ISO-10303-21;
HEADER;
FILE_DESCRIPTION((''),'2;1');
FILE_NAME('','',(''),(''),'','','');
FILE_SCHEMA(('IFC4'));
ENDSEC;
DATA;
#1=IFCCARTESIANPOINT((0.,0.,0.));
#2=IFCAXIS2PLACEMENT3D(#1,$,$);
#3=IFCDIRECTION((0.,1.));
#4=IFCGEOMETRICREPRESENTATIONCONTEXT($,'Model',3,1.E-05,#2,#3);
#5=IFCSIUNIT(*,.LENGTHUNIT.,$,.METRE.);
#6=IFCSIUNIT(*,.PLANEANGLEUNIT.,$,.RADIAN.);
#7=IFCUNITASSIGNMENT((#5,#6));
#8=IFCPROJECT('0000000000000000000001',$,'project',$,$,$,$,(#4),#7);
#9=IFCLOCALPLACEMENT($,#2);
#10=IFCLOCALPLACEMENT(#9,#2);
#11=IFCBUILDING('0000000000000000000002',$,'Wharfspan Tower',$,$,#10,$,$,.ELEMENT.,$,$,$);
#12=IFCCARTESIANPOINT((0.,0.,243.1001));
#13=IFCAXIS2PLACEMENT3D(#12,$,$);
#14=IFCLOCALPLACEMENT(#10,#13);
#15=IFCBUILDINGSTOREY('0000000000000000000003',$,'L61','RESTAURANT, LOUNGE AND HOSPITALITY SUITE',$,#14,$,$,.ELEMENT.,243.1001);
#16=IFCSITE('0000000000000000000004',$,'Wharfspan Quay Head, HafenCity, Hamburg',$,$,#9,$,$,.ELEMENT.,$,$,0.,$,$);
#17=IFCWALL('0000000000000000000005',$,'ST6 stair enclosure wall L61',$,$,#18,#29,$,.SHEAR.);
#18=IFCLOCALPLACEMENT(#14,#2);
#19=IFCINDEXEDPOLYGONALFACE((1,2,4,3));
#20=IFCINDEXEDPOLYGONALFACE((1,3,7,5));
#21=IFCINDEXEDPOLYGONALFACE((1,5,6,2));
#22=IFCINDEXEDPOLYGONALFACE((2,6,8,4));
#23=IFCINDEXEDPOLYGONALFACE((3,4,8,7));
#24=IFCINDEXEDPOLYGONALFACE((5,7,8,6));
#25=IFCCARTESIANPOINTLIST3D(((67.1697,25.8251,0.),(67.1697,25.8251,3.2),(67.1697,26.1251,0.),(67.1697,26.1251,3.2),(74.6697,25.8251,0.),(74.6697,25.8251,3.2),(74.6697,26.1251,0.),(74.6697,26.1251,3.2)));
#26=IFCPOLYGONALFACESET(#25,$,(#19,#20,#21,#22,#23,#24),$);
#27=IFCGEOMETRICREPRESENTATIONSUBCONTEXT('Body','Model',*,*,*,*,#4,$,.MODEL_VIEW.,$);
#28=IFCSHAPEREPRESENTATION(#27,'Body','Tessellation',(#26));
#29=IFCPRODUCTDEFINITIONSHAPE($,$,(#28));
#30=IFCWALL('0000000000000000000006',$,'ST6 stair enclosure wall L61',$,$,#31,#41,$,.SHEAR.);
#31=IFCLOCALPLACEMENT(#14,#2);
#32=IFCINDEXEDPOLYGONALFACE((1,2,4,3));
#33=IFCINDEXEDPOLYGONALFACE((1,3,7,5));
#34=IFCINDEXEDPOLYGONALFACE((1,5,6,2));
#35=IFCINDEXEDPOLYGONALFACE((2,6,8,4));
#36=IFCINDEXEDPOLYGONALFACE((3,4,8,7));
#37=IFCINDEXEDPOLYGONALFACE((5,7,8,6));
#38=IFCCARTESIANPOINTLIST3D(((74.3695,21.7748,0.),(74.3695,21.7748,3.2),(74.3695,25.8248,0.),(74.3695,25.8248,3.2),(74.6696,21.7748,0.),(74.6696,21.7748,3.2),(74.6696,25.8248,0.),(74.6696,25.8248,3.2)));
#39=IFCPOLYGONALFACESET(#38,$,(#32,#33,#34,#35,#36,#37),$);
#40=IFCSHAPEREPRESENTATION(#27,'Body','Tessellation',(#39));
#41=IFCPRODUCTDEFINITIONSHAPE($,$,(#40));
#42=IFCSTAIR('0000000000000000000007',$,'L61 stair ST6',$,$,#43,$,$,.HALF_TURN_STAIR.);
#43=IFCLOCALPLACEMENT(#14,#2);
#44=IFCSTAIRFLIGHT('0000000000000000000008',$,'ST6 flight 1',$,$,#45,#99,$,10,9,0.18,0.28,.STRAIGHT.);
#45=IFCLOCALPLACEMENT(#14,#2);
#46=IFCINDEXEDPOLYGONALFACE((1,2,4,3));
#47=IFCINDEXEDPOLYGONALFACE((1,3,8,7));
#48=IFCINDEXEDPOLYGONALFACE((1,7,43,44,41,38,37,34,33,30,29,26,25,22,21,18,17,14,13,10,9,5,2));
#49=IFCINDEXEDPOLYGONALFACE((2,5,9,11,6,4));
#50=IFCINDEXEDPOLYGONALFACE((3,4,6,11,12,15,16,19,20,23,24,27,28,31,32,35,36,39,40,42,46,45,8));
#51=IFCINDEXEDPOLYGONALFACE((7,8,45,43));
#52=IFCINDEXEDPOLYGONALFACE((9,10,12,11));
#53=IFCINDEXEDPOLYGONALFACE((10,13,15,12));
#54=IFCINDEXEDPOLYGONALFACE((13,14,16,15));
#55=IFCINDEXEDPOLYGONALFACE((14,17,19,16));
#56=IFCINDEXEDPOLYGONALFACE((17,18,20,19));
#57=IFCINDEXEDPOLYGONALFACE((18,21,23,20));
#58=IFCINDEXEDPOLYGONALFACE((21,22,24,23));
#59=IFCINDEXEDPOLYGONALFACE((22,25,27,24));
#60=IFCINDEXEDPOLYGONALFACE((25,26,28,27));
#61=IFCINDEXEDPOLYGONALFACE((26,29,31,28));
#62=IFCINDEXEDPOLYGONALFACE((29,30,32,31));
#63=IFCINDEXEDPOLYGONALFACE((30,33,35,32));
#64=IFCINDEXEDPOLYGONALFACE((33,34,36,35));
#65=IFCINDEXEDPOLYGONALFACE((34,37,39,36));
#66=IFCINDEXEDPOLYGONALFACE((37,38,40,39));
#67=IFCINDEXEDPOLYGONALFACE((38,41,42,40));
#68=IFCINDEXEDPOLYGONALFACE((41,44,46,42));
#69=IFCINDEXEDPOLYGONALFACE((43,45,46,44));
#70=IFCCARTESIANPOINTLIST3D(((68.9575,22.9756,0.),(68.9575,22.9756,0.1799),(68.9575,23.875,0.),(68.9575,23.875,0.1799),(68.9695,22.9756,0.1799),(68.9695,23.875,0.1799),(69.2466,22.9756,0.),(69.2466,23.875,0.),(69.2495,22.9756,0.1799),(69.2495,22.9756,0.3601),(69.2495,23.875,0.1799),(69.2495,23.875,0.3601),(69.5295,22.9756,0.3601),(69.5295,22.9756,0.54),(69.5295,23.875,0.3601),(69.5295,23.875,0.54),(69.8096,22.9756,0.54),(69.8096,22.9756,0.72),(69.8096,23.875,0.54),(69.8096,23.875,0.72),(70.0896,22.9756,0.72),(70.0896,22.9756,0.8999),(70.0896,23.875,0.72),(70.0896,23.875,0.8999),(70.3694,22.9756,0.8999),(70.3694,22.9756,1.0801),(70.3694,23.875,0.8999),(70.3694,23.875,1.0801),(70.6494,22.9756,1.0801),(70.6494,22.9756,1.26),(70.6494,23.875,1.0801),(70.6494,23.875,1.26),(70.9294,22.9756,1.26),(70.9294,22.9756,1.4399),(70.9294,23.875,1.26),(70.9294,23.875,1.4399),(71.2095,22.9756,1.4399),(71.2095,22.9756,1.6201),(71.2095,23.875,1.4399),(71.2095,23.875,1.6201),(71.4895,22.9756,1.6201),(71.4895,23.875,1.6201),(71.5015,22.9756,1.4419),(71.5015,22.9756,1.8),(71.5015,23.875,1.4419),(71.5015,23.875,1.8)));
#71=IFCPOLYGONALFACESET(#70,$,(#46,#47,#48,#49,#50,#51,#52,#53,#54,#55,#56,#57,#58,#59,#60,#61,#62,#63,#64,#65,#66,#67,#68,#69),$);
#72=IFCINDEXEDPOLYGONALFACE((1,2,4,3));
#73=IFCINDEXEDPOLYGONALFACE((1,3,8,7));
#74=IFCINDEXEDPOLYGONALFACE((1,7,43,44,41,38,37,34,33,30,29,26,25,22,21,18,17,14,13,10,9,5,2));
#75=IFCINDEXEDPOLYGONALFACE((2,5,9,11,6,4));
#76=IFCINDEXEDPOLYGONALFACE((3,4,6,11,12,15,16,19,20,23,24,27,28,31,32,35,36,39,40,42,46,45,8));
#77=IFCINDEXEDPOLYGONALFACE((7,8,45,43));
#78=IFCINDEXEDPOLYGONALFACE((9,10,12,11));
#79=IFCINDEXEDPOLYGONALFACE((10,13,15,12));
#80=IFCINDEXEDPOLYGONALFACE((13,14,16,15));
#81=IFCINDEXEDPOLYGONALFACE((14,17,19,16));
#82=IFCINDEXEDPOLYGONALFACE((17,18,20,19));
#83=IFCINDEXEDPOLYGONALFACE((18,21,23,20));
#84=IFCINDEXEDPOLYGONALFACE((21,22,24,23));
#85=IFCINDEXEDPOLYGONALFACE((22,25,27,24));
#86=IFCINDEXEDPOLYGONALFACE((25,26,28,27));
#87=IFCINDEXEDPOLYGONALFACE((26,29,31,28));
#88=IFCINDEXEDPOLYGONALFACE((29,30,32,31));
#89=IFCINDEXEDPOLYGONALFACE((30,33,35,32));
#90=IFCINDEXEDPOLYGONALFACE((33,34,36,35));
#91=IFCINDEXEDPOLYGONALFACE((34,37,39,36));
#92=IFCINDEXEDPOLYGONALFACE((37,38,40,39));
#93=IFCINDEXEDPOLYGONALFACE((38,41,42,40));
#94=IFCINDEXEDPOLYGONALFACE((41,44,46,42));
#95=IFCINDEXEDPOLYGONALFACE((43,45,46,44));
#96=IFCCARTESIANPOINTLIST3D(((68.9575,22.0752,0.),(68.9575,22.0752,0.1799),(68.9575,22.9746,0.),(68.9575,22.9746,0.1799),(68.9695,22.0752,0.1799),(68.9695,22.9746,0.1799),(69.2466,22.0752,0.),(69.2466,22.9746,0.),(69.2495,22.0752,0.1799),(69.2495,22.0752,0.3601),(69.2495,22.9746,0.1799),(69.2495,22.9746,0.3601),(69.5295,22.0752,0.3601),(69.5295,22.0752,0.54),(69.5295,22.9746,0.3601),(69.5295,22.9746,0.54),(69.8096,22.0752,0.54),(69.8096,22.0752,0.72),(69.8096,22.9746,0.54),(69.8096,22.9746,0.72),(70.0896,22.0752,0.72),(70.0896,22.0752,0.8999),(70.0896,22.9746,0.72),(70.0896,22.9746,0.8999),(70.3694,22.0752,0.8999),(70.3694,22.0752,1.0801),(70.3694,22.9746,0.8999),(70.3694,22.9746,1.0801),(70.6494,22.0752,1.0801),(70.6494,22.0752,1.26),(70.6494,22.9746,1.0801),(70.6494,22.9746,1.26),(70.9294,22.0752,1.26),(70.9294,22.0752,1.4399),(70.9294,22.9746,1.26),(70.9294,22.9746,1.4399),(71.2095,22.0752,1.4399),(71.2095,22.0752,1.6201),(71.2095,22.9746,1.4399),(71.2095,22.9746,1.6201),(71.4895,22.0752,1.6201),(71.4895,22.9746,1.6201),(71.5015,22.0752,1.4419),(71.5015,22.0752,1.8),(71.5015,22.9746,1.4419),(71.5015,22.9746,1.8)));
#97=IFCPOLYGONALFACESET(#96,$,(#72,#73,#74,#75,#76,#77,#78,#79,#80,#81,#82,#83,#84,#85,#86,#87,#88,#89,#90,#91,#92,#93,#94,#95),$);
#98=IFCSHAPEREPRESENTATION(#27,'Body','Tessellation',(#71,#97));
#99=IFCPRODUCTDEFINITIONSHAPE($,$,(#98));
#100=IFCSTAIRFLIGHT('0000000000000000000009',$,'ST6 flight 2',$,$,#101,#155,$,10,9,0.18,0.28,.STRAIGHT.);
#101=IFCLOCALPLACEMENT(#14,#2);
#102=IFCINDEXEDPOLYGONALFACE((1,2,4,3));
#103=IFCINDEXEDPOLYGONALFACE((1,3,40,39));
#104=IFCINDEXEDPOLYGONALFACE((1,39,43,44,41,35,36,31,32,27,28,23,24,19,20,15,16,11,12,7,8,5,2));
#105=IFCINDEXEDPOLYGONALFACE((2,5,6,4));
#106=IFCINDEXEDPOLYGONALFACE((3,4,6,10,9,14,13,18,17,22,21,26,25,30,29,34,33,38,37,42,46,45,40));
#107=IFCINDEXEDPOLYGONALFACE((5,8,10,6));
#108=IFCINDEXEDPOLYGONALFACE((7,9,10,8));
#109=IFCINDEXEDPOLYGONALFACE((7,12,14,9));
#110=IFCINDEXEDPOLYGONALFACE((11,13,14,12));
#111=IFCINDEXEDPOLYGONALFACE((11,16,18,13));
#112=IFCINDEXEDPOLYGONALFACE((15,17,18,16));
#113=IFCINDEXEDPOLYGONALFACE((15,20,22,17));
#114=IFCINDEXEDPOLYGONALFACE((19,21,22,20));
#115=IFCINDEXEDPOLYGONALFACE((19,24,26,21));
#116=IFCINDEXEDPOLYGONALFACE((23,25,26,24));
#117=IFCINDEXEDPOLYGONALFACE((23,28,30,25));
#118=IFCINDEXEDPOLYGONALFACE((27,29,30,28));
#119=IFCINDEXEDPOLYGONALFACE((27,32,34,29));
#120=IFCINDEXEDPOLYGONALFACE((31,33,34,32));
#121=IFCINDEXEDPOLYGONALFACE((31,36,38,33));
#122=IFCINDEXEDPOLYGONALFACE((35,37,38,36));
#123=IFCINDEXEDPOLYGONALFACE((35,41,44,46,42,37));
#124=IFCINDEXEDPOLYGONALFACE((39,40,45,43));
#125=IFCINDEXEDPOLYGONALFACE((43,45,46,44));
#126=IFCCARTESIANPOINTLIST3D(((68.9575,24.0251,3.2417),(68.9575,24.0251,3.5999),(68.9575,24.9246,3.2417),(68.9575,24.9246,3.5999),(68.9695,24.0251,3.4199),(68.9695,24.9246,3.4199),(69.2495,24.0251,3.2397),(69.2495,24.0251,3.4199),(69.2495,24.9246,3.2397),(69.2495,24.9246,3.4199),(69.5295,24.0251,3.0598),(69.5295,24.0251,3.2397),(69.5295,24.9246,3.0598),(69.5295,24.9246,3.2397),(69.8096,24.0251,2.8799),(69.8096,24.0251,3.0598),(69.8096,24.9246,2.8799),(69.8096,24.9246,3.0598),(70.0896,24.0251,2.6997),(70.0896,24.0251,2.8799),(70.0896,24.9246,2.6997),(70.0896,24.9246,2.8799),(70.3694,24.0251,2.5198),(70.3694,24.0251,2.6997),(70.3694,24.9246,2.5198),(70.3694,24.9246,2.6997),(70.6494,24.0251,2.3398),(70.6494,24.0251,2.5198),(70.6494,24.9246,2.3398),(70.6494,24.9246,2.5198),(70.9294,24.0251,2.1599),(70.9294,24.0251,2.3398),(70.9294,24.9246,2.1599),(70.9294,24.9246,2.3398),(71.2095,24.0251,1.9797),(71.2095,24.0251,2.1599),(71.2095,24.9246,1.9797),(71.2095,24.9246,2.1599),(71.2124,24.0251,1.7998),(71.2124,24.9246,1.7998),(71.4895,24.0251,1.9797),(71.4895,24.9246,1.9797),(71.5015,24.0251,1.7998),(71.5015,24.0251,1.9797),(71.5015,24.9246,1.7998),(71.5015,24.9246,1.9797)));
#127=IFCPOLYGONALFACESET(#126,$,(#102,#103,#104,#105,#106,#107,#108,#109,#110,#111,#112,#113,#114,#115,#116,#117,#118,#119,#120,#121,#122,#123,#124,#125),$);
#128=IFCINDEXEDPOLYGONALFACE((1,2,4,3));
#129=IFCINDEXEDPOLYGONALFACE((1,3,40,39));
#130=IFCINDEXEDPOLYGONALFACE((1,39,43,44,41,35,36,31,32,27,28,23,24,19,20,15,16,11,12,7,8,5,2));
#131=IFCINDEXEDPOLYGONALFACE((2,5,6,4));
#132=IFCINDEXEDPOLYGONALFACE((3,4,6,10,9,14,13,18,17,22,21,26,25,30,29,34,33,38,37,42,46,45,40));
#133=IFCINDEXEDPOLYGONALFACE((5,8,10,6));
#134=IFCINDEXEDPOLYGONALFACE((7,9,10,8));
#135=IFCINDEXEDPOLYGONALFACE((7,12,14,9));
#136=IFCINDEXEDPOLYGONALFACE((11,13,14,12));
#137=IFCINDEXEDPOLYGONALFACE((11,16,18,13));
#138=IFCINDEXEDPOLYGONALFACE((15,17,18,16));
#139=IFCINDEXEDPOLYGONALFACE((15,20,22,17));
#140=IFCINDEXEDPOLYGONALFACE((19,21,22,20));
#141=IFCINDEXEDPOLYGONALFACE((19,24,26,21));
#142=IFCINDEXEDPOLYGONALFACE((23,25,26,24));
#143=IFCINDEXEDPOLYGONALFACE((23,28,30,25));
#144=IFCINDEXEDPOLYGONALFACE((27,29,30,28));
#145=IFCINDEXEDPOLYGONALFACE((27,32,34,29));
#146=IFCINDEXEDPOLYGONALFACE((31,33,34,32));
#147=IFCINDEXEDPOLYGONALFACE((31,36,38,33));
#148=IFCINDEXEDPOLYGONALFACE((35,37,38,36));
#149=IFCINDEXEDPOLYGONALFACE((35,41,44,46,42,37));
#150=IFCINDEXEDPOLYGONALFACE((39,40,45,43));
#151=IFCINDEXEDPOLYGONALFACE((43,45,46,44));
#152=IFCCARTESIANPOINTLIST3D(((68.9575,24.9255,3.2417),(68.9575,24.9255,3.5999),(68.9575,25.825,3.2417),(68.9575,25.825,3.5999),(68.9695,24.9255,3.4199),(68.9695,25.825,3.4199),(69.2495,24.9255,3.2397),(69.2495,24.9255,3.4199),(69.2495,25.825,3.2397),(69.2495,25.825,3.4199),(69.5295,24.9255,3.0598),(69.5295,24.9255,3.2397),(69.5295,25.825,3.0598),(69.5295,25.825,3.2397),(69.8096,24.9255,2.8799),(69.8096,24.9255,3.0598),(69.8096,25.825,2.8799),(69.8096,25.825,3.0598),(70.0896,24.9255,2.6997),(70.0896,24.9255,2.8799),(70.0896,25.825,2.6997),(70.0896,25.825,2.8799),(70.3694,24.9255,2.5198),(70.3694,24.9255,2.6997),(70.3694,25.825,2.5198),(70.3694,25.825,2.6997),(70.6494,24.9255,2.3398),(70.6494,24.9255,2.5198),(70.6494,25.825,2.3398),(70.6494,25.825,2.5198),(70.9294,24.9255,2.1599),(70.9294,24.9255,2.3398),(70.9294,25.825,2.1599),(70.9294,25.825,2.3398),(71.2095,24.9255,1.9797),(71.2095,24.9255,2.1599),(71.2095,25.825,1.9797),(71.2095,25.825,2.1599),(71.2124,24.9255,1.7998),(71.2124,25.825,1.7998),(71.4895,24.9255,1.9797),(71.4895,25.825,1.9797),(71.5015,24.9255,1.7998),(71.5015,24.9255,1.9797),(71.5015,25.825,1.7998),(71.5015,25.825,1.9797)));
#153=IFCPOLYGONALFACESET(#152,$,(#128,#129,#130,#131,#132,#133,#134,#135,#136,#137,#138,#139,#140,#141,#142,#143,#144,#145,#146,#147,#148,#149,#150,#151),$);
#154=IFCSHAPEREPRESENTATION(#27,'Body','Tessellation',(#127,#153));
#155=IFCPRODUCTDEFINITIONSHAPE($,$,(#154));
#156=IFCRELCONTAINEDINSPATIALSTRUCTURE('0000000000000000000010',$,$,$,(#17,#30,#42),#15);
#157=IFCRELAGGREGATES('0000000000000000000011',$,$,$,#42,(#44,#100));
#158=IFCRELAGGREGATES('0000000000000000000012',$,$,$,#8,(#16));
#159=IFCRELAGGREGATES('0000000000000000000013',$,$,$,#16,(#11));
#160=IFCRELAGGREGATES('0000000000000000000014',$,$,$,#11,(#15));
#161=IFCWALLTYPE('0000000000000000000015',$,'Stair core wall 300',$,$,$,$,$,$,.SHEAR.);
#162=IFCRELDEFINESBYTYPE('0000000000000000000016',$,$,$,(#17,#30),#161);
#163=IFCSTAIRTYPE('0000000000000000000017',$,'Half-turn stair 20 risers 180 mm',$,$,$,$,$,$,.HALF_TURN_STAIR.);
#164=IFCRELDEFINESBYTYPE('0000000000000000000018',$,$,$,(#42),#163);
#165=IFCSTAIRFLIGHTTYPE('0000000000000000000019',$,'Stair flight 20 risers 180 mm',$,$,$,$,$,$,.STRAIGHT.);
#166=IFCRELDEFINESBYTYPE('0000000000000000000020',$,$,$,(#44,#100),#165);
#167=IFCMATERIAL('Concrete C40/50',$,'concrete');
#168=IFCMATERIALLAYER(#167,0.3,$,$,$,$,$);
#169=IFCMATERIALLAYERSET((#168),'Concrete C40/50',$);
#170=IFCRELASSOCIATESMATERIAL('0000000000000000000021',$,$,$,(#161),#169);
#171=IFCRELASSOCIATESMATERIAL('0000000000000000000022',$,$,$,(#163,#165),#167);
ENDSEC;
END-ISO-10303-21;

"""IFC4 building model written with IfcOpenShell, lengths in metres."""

from ifc_helpers import new_model, si_unit, direction, frame, frame_2d, origin, place, context, subcontext, project, spatial, polyline, rectangle, outline, extrude, material, layer, layer_set, type_object, element, aggregate, save


model = new_model("IFC4")

# Units and contexts
model_context = context("Model", 3, precision=1e-05, world=origin(), true_north=direction((0.0, 1.0)))
body_context = subcontext(model_context, "Body", "Model", "MODEL_VIEW")
ifc_project = project(units=[si_unit("LENGTHUNIT", "METRE"), si_unit("PLANEANGLEUNIT", "RADIAN")], contexts=[model_context])

# Site, building, storey
site_placement = place(None, origin())
site = spatial("IfcSite", under=ifc_project, at=site_placement, Name="Wharfspan Quay Head, HafenCity, Hamburg", CompositionType="ELEMENT", RefElevation=0.0)
building_placement = place(site_placement, origin())
building = spatial("IfcBuilding", under=site, at=building_placement, Name="Wharfspan Tower", CompositionType="ELEMENT")
storey_placement = place(building_placement, frame((0.0, 0.0, 243.1001)))
storey = spatial("IfcBuildingStorey", under=building, at=storey_placement, Name="L61", Description="RESTAURANT, LOUNGE AND HOSPITALITY SUITE", CompositionType="ELEMENT", Elevation=243.1001)

# Shared definitions
ifc_material_1 = material(Name="Concrete C40/50", Category="concrete")
ifc_layer_1 = layer(ifc_material_1, 0.3)
ifc_layer_set_1 = layer_set([ifc_layer_1], Name="Concrete C40/50")
wall_type_1 = type_object("IfcWallType", Name="Stair core wall 300", PredefinedType="SHEAR", material=ifc_layer_set_1)

# Walls
wall_1_placement = place(storey_placement, frame((67.1697, 25.9751, 0.0), z_axis=(0.0, 0.0, 1.0), x_axis=(1.0, 0.0, 0.0)))
element("IfcWall", 1, at=wall_1_placement, inside=storey, type_object=wall_type_1, Name="ST6 stair enclosure wall L61", PredefinedType="SHEAR", context=body_context, shape_type="SweptSolid", body=[
    extrude(rectangle(XDim=7.5, YDim=0.3, at=frame_2d((3.75, 0.0))), origin(), (0.0, 0.0, 1.0), 3.2),
])
wall_2_placement = place(storey_placement, frame((74.5195, 21.7749, 0.0), z_axis=(0.0, 0.0, 1.0), x_axis=(0.0, 1.0, 0.0)))
element("IfcWall", 2, at=wall_2_placement, inside=storey, type_object=wall_type_1, Name="ST6 stair enclosure wall L61", PredefinedType="SHEAR", context=body_context, shape_type="SweptSolid", body=[
    extrude(rectangle(XDim=4.05, YDim=0.3, at=frame_2d((2.0249, 0.0))), origin(), (0.0, 0.0, 1.0), 3.2),
])

# Stair, stair flights
stair_type = type_object("IfcStairType", Name="Half-turn stair 20 risers 180 mm", PredefinedType="HALF_TURN_STAIR", material=ifc_material_1)
stair_placement = place(storey_placement, origin())
stair = element("IfcStair", 3, at=stair_placement, inside=storey, type_object=stair_type, Name="L61 stair ST6", PredefinedType="HALF_TURN_STAIR")
stair_flight_type = type_object("IfcStairFlightType", Name="Stair flight 20 risers 180 mm", PredefinedType="STRAIGHT", material=ifc_material_1)
stair_flight_1_placement = place(storey_placement, frame((68.9695, 22.9751, 0.0), z_axis=(0.0, 0.0, 1.0), x_axis=(1.0, 0.0, 0.0)))
stair_flight_1 = element("IfcStairFlight", 4, at=stair_flight_1_placement, type_object=stair_flight_type, Name="ST6 flight 1", NumberOfRisers=10, NumberOfTreads=9, PredefinedType="STRAIGHT", RiserHeight=0.18, TreadLength=0.28, context=body_context, shape_type="SweptSolid", body=[
    extrude(outline(polyline([(-0.012, 0.0), (-0.012, 0.1799), (0.0, 0.1799), (0.28, 0.1799), (0.28, 0.3601), (0.5601, 0.3601), (0.5601, 0.54), (0.8401, 0.54), (0.8401, 0.72), (1.1201, 0.72), (1.1201, 0.8999), (1.3999, 0.8999), (1.3999, 1.0801), (1.6799, 1.0801), (1.6799, 1.26), (1.96, 1.26), (1.96, 1.4399), (2.24, 1.4399), (2.24, 1.6201), (2.52, 1.6201), (2.532, 1.8), (2.532, 1.4419), (0.2771, 0.0), (-0.012, 0.0)])), frame((0.0, 0.8999, 0.0), z_axis=(0.0, -1.0, 0.0), x_axis=(1.0, 0.0, 0.0)), (0.0, 0.0, 1.0), 0.8994),
    extrude(outline(polyline([(-0.012, 0.0), (-0.012, 0.1799), (0.0, 0.1799), (0.28, 0.1799), (0.28, 0.3601), (0.5601, 0.3601), (0.5601, 0.54), (0.8401, 0.54), (0.8401, 0.72), (1.1201, 0.72), (1.1201, 0.8999), (1.3999, 0.8999), (1.3999, 1.0801), (1.6799, 1.0801), (1.6799, 1.26), (1.96, 1.26), (1.96, 1.4399), (2.24, 1.4399), (2.24, 1.6201), (2.52, 1.6201), (2.532, 1.8), (2.532, 1.4419), (0.2771, 0.0), (-0.012, 0.0)])), frame((0.0, -0.0005, 0.0), z_axis=(0.0, -1.0, 0.0), x_axis=(1.0, 0.0, 0.0)), (0.0, 0.0, 1.0), 0.8994),
])
stair_flight_2_placement = place(storey_placement, frame((71.4895, 24.925, 1.7998), z_axis=(0.0, 0.0, 1.0), x_axis=(-1.0, 0.0, 0.0)))
stair_flight_2 = element("IfcStairFlight", 5, at=stair_flight_2_placement, type_object=stair_flight_type, Name="ST6 flight 2", NumberOfRisers=10, NumberOfTreads=9, PredefinedType="STRAIGHT", RiserHeight=0.18, TreadLength=0.28, context=body_context, shape_type="SweptSolid", body=[
    extrude(outline(polyline([(-0.012, 0.0), (-0.012, 0.1799), (0.0, 0.1799), (0.28, 0.1799), (0.28, 0.3601), (0.5601, 0.3601), (0.5601, 0.54), (0.8401, 0.54), (0.8401, 0.72), (1.1201, 0.72), (1.1201, 0.8999), (1.3999, 0.8999), (1.3999, 1.0801), (1.6799, 1.0801), (1.6799, 1.26), (1.96, 1.26), (1.96, 1.4399), (2.24, 1.4399), (2.24, 1.6201), (2.52, 1.6201), (2.532, 1.8), (2.532, 1.4419), (0.2771, 0.0), (-0.012, 0.0)])), frame((0.0, 0.8999, 0.0), z_axis=(0.0, -1.0, 0.0), x_axis=(1.0, 0.0, 0.0)), (0.0, 0.0, 1.0), 0.8994),
    extrude(outline(polyline([(-0.012, 0.0), (-0.012, 0.1799), (0.0, 0.1799), (0.28, 0.1799), (0.28, 0.3601), (0.5601, 0.3601), (0.5601, 0.54), (0.8401, 0.54), (0.8401, 0.72), (1.1201, 0.72), (1.1201, 0.8999), (1.3999, 0.8999), (1.3999, 1.0801), (1.6799, 1.0801), (1.6799, 1.26), (1.96, 1.26), (1.96, 1.4399), (2.24, 1.4399), (2.24, 1.6201), (2.52, 1.6201), (2.532, 1.8), (2.532, 1.4419), (0.2771, 0.0), (-0.012, 0.0)])), frame((0.0, -0.0005, 0.0), z_axis=(0.0, -1.0, 0.0), x_axis=(1.0, 0.0, 0.0)), (0.0, 0.0, 1.0), 0.8994),
])
aggregate(stair, [stair_flight_1, stair_flight_2])

save(model, "model.ifc")
